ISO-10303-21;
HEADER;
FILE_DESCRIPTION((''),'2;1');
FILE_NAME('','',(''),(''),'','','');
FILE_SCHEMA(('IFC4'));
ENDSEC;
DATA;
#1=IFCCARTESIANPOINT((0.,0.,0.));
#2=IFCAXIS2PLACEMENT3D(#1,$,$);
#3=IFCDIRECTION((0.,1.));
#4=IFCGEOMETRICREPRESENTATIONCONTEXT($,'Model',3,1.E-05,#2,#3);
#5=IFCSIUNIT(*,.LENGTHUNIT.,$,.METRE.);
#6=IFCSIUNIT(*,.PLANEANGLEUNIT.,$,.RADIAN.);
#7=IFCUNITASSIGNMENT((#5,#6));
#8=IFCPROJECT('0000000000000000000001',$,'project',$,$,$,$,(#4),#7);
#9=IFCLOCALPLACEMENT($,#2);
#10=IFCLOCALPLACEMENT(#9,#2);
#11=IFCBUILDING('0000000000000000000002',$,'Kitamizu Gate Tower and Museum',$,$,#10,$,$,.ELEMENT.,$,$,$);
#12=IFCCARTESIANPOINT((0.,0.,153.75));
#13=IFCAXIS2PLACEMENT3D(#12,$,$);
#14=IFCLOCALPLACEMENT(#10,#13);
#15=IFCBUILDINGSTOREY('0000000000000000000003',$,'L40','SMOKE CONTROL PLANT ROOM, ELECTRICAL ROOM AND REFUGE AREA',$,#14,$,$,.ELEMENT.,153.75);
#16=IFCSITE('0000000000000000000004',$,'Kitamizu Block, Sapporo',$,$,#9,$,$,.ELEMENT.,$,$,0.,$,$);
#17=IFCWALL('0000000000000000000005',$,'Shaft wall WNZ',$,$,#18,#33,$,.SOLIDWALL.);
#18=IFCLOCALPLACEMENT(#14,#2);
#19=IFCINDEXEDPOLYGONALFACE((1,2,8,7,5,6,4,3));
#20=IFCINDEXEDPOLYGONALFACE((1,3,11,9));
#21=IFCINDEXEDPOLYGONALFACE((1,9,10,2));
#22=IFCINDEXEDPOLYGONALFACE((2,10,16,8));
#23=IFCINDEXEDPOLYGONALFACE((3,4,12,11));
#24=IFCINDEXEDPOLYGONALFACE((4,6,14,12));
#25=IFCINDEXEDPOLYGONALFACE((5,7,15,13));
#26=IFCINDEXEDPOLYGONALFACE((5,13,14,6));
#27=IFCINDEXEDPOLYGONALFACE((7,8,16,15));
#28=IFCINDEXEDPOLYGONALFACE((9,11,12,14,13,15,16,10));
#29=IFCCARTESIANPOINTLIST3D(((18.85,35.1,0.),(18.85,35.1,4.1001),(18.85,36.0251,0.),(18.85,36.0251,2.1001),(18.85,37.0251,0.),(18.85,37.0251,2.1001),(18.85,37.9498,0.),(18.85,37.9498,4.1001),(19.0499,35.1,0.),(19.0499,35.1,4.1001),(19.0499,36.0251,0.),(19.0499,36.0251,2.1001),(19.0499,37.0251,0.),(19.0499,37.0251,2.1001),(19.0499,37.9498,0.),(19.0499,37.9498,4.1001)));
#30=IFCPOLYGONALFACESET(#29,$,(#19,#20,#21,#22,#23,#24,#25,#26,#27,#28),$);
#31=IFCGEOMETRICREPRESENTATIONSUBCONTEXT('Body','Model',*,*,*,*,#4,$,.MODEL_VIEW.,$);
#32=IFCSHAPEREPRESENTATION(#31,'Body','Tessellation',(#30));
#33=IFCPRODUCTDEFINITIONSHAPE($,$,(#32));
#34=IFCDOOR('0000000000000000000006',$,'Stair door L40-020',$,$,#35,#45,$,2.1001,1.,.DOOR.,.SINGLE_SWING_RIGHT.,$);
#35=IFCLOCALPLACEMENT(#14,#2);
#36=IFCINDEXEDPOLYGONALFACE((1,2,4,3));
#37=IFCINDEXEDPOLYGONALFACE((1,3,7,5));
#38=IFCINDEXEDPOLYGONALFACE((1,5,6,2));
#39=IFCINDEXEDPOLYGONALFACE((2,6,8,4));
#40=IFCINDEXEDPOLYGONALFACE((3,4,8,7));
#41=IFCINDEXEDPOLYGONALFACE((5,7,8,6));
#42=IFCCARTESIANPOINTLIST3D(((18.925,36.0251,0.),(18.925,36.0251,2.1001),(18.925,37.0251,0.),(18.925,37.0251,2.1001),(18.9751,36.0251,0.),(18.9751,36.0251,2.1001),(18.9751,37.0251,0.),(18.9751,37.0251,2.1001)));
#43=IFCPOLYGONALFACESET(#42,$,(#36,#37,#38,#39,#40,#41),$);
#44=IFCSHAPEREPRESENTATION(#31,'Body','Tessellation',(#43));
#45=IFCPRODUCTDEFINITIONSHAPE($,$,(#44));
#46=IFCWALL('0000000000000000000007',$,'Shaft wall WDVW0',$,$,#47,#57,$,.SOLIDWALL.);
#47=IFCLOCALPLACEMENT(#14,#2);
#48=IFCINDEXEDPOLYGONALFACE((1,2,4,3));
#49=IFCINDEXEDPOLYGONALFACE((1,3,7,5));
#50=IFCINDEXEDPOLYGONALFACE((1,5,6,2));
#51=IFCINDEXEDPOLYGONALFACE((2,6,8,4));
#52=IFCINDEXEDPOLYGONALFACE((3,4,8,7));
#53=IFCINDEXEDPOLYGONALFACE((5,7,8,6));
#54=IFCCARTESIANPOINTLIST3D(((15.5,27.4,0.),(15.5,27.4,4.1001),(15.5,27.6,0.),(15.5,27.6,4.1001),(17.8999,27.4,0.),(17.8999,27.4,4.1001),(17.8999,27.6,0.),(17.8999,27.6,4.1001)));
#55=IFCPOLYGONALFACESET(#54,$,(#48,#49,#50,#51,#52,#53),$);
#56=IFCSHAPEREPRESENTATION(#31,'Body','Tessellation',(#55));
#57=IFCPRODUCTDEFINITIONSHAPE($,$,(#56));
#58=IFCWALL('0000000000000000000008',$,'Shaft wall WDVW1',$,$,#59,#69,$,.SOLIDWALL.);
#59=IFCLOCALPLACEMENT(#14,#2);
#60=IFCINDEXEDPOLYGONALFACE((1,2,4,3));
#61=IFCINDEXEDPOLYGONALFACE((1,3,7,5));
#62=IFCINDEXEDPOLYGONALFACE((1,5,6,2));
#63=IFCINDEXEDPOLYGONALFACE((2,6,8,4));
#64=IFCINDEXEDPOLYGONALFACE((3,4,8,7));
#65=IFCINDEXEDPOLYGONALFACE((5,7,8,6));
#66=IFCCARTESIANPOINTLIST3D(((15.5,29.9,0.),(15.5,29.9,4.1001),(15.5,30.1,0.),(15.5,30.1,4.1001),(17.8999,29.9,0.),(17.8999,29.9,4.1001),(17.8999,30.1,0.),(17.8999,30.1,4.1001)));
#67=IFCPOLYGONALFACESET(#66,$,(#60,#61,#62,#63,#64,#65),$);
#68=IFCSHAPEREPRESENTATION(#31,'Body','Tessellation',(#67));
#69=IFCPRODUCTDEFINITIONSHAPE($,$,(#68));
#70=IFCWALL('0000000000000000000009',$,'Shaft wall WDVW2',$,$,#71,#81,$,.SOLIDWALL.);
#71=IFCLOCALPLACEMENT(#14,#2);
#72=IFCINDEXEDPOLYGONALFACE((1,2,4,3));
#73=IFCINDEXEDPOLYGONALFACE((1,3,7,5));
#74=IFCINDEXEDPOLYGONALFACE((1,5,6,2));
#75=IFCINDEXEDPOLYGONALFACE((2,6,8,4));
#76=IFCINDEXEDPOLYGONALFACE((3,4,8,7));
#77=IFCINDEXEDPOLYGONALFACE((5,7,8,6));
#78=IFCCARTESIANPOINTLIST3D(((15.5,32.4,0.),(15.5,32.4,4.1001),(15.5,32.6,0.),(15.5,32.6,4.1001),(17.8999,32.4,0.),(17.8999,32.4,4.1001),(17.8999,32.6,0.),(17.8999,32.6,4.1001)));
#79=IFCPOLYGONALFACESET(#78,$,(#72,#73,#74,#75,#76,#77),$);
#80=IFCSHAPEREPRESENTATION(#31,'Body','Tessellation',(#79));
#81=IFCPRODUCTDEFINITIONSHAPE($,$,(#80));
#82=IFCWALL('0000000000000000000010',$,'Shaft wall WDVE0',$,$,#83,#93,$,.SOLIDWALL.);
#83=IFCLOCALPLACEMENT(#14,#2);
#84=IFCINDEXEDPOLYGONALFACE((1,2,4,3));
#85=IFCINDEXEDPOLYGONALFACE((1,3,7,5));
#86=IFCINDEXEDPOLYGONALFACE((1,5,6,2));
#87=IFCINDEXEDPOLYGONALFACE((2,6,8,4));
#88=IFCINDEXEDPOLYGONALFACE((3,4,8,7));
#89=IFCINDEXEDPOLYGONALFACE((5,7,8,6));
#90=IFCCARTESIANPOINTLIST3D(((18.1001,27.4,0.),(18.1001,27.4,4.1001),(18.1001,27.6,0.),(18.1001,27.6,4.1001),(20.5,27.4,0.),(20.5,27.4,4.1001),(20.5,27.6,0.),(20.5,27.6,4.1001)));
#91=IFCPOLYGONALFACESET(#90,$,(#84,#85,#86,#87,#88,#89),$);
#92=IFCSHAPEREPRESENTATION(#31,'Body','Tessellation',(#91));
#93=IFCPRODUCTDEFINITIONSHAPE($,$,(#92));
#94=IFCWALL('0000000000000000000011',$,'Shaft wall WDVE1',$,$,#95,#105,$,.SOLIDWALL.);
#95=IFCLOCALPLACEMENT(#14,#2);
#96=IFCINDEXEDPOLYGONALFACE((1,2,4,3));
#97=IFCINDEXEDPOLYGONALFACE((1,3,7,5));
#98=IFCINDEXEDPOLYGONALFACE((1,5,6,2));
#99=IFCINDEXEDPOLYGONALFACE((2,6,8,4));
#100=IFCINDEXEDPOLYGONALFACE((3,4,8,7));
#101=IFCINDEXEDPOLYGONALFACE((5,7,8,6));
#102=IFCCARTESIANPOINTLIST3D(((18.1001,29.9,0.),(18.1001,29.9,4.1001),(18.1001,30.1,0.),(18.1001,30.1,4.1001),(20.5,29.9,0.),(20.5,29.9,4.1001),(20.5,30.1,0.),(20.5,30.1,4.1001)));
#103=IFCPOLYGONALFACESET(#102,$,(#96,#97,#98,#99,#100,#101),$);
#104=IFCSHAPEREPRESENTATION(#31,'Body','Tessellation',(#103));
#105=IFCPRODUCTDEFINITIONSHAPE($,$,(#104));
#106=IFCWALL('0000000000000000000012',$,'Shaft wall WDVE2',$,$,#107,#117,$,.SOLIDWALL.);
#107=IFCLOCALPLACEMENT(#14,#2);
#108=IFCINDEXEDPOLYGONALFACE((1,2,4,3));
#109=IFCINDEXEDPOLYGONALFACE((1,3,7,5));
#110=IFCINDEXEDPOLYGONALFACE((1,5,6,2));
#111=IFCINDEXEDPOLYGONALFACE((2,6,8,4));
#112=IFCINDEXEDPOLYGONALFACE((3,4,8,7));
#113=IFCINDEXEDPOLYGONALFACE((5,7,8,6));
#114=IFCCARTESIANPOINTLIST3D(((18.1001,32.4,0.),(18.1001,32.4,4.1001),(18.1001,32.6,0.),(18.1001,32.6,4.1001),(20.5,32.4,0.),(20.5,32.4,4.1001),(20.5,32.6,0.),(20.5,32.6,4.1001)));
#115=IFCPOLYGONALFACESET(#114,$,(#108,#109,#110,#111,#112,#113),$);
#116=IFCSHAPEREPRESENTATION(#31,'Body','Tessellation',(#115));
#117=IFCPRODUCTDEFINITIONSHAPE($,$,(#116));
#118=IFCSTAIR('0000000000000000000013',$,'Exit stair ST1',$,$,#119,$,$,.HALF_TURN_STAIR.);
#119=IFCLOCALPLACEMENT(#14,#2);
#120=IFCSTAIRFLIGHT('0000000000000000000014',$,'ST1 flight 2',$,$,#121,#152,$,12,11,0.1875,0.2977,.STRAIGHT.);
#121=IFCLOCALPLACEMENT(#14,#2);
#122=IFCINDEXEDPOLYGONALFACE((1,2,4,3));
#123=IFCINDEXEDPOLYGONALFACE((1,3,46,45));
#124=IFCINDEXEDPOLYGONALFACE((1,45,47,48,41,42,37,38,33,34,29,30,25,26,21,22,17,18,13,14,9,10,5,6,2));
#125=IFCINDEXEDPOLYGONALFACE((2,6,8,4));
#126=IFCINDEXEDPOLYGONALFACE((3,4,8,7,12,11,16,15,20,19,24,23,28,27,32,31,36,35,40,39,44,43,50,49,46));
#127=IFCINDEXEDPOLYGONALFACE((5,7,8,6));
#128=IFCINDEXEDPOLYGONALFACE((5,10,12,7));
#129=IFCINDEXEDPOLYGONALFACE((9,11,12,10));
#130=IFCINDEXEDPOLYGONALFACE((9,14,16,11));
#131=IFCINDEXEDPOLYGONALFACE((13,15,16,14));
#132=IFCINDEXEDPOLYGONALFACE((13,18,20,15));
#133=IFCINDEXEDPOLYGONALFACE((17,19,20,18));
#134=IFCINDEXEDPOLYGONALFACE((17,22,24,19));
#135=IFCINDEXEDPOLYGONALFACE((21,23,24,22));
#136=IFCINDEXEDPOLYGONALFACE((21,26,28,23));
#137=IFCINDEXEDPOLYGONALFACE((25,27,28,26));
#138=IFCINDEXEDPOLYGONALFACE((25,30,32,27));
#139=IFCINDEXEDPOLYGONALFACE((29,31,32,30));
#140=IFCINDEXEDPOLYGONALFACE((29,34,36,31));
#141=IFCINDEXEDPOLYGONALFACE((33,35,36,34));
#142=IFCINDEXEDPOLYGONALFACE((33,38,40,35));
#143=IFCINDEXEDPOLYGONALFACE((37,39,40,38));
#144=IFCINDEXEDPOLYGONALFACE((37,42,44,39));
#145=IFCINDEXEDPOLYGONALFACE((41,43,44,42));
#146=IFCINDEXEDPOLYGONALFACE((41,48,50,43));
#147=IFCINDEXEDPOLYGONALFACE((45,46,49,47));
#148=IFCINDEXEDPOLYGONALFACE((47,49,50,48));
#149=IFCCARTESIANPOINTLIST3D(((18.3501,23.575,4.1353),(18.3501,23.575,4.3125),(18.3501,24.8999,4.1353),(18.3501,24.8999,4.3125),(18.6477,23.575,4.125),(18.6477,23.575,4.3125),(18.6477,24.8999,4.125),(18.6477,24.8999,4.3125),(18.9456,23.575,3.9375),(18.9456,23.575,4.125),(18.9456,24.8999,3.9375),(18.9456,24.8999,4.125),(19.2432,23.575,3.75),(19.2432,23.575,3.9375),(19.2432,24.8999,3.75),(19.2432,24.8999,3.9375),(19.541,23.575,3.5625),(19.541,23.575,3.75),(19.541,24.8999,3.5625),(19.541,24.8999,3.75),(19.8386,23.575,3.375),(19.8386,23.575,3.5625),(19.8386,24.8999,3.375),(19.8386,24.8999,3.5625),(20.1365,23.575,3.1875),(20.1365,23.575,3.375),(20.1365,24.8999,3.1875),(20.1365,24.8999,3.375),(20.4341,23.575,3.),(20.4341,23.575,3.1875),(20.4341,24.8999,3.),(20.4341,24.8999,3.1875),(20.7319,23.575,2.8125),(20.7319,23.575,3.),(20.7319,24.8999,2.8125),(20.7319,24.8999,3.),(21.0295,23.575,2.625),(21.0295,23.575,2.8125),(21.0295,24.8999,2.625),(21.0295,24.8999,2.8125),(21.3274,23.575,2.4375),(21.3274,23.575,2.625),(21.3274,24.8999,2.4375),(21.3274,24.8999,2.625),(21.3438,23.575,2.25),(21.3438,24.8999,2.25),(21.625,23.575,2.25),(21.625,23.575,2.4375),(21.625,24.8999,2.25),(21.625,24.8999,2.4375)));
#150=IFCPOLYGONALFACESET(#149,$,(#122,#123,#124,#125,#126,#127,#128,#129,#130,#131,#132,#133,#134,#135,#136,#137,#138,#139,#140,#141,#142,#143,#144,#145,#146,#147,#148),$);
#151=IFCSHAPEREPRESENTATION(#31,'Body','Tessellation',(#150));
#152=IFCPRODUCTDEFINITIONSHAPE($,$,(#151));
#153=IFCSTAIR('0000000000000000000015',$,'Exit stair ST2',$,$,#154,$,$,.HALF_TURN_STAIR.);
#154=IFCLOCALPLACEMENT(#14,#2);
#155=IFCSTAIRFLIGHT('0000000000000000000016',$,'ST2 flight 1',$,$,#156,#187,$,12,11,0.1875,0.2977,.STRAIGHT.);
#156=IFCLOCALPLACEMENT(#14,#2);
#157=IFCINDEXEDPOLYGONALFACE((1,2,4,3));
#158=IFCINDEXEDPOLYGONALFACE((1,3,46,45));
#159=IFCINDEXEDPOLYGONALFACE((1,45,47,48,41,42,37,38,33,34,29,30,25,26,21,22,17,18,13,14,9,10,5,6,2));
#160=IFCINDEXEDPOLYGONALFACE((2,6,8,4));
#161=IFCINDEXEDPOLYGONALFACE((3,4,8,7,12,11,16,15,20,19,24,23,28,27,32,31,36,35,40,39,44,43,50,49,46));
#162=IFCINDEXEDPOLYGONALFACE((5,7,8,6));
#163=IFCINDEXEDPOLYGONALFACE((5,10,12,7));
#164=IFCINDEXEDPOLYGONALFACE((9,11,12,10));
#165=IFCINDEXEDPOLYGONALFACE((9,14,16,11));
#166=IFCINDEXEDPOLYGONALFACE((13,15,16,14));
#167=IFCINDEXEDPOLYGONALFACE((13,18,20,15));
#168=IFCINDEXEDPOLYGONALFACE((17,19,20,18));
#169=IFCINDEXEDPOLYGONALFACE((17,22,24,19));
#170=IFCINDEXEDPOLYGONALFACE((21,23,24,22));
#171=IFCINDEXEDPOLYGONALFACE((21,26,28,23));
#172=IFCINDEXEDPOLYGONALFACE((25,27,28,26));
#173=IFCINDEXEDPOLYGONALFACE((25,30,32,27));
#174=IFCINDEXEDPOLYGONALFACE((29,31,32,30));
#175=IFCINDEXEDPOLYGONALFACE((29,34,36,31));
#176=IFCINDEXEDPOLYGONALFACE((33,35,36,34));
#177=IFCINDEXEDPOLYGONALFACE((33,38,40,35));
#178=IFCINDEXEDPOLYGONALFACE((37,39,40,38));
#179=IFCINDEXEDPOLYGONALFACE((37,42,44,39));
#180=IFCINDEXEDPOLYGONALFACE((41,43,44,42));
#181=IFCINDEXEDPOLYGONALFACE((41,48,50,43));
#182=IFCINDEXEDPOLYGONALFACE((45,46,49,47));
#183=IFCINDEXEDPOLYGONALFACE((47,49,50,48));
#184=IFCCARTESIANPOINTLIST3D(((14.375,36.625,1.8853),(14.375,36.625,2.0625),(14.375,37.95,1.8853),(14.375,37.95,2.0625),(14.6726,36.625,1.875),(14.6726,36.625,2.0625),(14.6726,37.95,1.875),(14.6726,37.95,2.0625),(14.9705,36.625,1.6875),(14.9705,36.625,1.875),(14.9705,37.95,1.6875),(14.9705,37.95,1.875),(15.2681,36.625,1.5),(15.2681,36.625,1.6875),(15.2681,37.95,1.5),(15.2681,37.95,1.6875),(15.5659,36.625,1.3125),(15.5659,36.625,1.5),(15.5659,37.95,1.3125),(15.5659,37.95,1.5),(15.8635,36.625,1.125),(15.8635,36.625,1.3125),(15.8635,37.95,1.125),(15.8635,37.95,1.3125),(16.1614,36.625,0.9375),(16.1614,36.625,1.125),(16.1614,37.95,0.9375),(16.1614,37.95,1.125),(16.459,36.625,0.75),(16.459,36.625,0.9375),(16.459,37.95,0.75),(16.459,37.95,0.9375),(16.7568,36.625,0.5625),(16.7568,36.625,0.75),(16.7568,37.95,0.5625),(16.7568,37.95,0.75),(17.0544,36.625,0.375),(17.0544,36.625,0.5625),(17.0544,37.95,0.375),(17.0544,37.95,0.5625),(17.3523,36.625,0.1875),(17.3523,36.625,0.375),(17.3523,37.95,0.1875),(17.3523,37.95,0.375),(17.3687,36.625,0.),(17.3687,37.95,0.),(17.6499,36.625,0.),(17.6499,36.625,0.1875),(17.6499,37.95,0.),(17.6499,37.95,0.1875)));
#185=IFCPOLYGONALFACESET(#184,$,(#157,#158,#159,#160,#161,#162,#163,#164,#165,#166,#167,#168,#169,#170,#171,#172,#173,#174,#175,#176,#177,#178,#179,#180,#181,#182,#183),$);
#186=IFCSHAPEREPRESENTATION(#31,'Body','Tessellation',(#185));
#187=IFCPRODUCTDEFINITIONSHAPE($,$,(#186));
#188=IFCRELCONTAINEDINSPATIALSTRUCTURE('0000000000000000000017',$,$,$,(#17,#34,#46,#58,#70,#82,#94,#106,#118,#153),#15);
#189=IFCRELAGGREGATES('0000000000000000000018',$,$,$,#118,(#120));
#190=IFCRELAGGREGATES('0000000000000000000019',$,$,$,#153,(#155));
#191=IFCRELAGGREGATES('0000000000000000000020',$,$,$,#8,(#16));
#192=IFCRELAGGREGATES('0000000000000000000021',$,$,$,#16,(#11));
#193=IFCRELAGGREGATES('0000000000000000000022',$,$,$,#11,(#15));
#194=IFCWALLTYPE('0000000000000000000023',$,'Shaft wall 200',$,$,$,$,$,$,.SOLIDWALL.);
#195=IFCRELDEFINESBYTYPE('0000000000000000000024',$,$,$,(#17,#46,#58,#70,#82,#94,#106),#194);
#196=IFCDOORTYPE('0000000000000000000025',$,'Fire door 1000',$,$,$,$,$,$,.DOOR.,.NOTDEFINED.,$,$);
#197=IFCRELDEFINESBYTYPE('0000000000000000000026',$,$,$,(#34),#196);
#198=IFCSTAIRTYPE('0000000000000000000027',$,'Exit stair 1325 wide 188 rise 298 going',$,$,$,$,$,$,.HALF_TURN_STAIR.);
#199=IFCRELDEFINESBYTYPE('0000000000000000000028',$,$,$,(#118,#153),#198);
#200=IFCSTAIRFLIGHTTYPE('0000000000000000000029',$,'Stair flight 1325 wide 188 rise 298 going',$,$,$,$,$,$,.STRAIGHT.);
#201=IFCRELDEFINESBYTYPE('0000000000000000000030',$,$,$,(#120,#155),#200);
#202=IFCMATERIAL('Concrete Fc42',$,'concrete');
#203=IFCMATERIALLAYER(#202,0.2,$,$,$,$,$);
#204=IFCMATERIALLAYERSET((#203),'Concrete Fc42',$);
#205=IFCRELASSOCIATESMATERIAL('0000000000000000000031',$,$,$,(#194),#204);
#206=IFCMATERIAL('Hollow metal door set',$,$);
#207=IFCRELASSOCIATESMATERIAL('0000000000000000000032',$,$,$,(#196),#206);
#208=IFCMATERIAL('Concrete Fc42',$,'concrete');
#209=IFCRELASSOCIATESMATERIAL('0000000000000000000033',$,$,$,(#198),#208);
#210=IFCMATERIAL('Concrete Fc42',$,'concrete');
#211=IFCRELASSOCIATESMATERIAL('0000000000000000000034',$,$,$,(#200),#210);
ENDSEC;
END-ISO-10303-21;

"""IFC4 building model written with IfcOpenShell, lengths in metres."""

from ifc_helpers import new_model, si_unit, direction, frame, frame_2d, origin, place, context, subcontext, project, spatial, polyline, rectangle, outline, extrude, material, layer, layer_set, type_object, element, fill, aggregate, save


model = new_model("IFC4")

# Units and contexts
model_context = context("Model", 3, precision=1e-05, world=origin(), true_north=direction((0.0, 1.0)))
body_context = subcontext(model_context, "Body", "Model", "MODEL_VIEW")
ifc_project = project(units=[si_unit("LENGTHUNIT", "METRE"), si_unit("PLANEANGLEUNIT", "RADIAN")], contexts=[model_context])

# Site, building, storey
site_placement = place(None, origin())
site = spatial("IfcSite", under=ifc_project, at=site_placement, Name="Kitamizu Block, Sapporo", CompositionType="ELEMENT", RefElevation=0.0)
building_placement = place(site_placement, origin())
building = spatial("IfcBuilding", under=site, at=building_placement, Name="Kitamizu Gate Tower and Museum", CompositionType="ELEMENT")
storey_placement = place(building_placement, frame((0.0, 0.0, 153.75)))
storey = spatial("IfcBuildingStorey", under=building, at=storey_placement, Name="L40", Description="SMOKE CONTROL PLANT ROOM, ELECTRICAL ROOM AND REFUGE AREA", CompositionType="ELEMENT", Elevation=153.75)

# Shared definitions
ifc_material_1 = material(Name="Concrete Fc42", Category="concrete")
ifc_layer_1 = layer(ifc_material_1, 0.2)
ifc_layer_set_1 = layer_set([ifc_layer_1], Name="Concrete Fc42")
wall_type_1 = type_object("IfcWallType", Name="Shaft wall 200", PredefinedType="SOLIDWALL", material=ifc_layer_set_1)
ifc_material_2 = material(Name="Hollow metal door set")
door_type_1 = type_object("IfcDoorType", Name="Fire door 1000", OperationType="NOTDEFINED", PredefinedType="DOOR", material=ifc_material_2)

# Wall, opening, door
wall_1_placement = place(storey_placement, frame((18.95, 35.1001, 0.0), z_axis=(0.0, 0.0, 1.0), x_axis=(0.0, 1.0, 0.0)))
wall_1 = element("IfcWall", 1, at=wall_1_placement, inside=storey, type_object=wall_type_1, Name="Shaft wall WNZ", PredefinedType="SOLIDWALL", context=body_context, shape_type="SweptSolid", body=[
    extrude(rectangle(XDim=2.8499, YDim=0.2, at=frame_2d((1.4248, 0.0))), origin(), (0.0, 0.0, 1.0), 4.1001),
])
opening_1_placement = place(wall_1_placement, frame((0.925, 0.0, 0.0)))
opening_1 = element("IfcOpeningElement", 2, at=opening_1_placement, cuts=wall_1, PredefinedType="OPENING", context=body_context, shape_type="SweptSolid", body=[
    extrude(rectangle(XDim=1.0, YDim=2.1001, at=frame_2d((0.5, 1.05))), frame((0.0, 0.1099, 0.0), z_axis=(0.0, -1.0, 0.0), x_axis=(1.0, 0.0, 0.0)), (0.0, 0.0, 1.0), 0.22),
])
door_1_placement = place(opening_1_placement, origin())
door_1 = element("IfcDoor", 3, at=door_1_placement, inside=storey, type_object=door_type_1, Name="Stair door L40-020", OperationType="SINGLE_SWING_RIGHT", OverallHeight=2.1001, OverallWidth=1.0, PredefinedType="DOOR", context=body_context, shape_type="SweptSolid", body=[
    extrude(rectangle(XDim=1.0, YDim=2.1001, at=frame_2d((0.5, 1.05))), frame((0.0, 0.0249, 0.0), z_axis=(0.0, -1.0, 0.0), x_axis=(1.0, 0.0, 0.0)), (0.0, 0.0, 1.0), 0.05),
])
fill(opening_1, door_1)

# Walls
for number, where, z_axis, x_axis, name in (
    (4, (15.5, 27.5, 0.0), (0.0, 0.0, 1.0), (1.0, 0.0, 0.0), "Shaft wall WDVW0"),
    (5, (15.5, 30.0, 0.0), (0.0, 0.0, 1.0), (1.0, 0.0, 0.0), "Shaft wall WDVW1"),
    (6, (15.5, 32.5, 0.0), (0.0, 0.0, 1.0), (1.0, 0.0, 0.0), "Shaft wall WDVW2"),
    (7, (18.1001, 27.5, 0.0), (0.0, 0.0, 1.0), (1.0, 0.0, 0.0), "Shaft wall WDVE0"),
    (8, (18.1001, 30.0, 0.0), (0.0, 0.0, 1.0), (1.0, 0.0, 0.0), "Shaft wall WDVE1"),
    (9, (18.1001, 32.5, 0.0), (0.0, 0.0, 1.0), (1.0, 0.0, 0.0), "Shaft wall WDVE2"),
):
    element("IfcWall", number, at=place(storey_placement, frame(where, z_axis=z_axis, x_axis=x_axis)), inside=storey, type_object=wall_type_1, Name=name, PredefinedType="SOLIDWALL", context=body_context, shape_type="SweptSolid", body=[
        extrude(rectangle(XDim=2.3999, YDim=0.2, at=frame_2d((1.2, 0.0))), origin(), (0.0, 0.0, 1.0), 4.1001),
    ])

# Stairs, stair flights
ifc_material_3 = material(Name="Concrete Fc42", Category="concrete")
stair_type = type_object("IfcStairType", Name="Exit stair 1325 wide 188 rise 298 going", PredefinedType="HALF_TURN_STAIR", material=ifc_material_3)
stair_1_placement = place(storey_placement, origin())
stair_1 = element("IfcStair", 10, at=stair_1_placement, inside=storey, type_object=stair_type, Name="Exit stair ST1", PredefinedType="HALF_TURN_STAIR")
ifc_material_4 = material(Name="Concrete Fc42", Category="concrete")
stair_flight_type = type_object("IfcStairFlightType", Name="Stair flight 1325 wide 188 rise 298 going", PredefinedType="STRAIGHT", material=ifc_material_4)
stair_flight_1_placement = place(storey_placement, frame((21.625, 24.2375, 2.25), z_axis=(0.0, 0.0, 1.0), x_axis=(-1.0, 0.0, 0.0)))
stair_flight_1 = element("IfcStairFlight", 11, at=stair_flight_1_placement, type_object=stair_flight_type, Name="ST1 flight 2", NumberOfRisers=12, NumberOfTreads=11, PredefinedType="STRAIGHT", RiserHeight=0.1875, TreadLength=0.2977, context=body_context, shape_type="SweptSolid", body=[
    extrude(outline(polyline([(0.0, 0.0), (0.0, 0.1875), (0.2976, 0.1875), (0.2976, 0.375), (0.5955, 0.375), (0.5955, 0.5625), (0.8931, 0.5625), (0.8931, 0.75), (1.1909, 0.75), (1.1909, 0.9375), (1.4885, 0.9375), (1.4885, 1.125), (1.7864, 1.125), (1.7864, 1.3125), (2.084, 1.3125), (2.084, 1.5), (2.3818, 1.5), (2.3818, 1.6875), (2.6794, 1.6875), (2.6794, 1.875), (2.9773, 1.875), (2.9773, 2.0625), (3.2749, 2.0625), (3.2749, 2.25), (3.2749, 1.8853), (0.2812, 0.0), (0.0, 0.0)])), frame((0.0, 0.6626, 0.0), z_axis=(0.0, -1.0, 0.0), x_axis=(1.0, 0.0, 0.0)), (0.0, 0.0, 1.0), 1.325),
])
aggregate(stair_1, [stair_flight_1])
stair_2_placement = place(storey_placement, origin())
stair_2 = element("IfcStair", 12, at=stair_2_placement, inside=storey, type_object=stair_type, Name="Exit stair ST2", PredefinedType="HALF_TURN_STAIR")
stair_flight_2_placement = place(storey_placement, frame((17.6499, 37.2876, 0.0), z_axis=(0.0, 0.0, 1.0), x_axis=(-1.0, 0.0, 0.0)))
stair_flight_2 = element("IfcStairFlight", 13, at=stair_flight_2_placement, type_object=stair_flight_type, Name="ST2 flight 1", NumberOfRisers=12, NumberOfTreads=11, PredefinedType="STRAIGHT", RiserHeight=0.1875, TreadLength=0.2977, context=body_context, shape_type="SweptSolid", body=[
    extrude(outline(polyline([(0.0, 0.0), (0.0, 0.1875), (0.2976, 0.1875), (0.2976, 0.375), (0.5955, 0.375), (0.5955, 0.5625), (0.8931, 0.5625), (0.8931, 0.75), (1.1909, 0.75), (1.1909, 0.9375), (1.4885, 0.9375), (1.4885, 1.125), (1.7864, 1.125), (1.7864, 1.3125), (2.084, 1.3125), (2.084, 1.5), (2.3818, 1.5), (2.3818, 1.6875), (2.6794, 1.6875), (2.6794, 1.875), (2.9773, 1.875), (2.9773, 2.0625), (3.2749, 2.0625), (3.2749, 2.25), (3.2749, 1.8853), (0.2812, 0.0), (0.0, 0.0)])), frame((0.0, 0.6626, 0.0), z_axis=(0.0, -1.0, 0.0), x_axis=(1.0, 0.0, 0.0)), (0.0, 0.0, 1.0), 1.325),
])
aggregate(stair_2, [stair_flight_2])

save(model, "model.ifc")
